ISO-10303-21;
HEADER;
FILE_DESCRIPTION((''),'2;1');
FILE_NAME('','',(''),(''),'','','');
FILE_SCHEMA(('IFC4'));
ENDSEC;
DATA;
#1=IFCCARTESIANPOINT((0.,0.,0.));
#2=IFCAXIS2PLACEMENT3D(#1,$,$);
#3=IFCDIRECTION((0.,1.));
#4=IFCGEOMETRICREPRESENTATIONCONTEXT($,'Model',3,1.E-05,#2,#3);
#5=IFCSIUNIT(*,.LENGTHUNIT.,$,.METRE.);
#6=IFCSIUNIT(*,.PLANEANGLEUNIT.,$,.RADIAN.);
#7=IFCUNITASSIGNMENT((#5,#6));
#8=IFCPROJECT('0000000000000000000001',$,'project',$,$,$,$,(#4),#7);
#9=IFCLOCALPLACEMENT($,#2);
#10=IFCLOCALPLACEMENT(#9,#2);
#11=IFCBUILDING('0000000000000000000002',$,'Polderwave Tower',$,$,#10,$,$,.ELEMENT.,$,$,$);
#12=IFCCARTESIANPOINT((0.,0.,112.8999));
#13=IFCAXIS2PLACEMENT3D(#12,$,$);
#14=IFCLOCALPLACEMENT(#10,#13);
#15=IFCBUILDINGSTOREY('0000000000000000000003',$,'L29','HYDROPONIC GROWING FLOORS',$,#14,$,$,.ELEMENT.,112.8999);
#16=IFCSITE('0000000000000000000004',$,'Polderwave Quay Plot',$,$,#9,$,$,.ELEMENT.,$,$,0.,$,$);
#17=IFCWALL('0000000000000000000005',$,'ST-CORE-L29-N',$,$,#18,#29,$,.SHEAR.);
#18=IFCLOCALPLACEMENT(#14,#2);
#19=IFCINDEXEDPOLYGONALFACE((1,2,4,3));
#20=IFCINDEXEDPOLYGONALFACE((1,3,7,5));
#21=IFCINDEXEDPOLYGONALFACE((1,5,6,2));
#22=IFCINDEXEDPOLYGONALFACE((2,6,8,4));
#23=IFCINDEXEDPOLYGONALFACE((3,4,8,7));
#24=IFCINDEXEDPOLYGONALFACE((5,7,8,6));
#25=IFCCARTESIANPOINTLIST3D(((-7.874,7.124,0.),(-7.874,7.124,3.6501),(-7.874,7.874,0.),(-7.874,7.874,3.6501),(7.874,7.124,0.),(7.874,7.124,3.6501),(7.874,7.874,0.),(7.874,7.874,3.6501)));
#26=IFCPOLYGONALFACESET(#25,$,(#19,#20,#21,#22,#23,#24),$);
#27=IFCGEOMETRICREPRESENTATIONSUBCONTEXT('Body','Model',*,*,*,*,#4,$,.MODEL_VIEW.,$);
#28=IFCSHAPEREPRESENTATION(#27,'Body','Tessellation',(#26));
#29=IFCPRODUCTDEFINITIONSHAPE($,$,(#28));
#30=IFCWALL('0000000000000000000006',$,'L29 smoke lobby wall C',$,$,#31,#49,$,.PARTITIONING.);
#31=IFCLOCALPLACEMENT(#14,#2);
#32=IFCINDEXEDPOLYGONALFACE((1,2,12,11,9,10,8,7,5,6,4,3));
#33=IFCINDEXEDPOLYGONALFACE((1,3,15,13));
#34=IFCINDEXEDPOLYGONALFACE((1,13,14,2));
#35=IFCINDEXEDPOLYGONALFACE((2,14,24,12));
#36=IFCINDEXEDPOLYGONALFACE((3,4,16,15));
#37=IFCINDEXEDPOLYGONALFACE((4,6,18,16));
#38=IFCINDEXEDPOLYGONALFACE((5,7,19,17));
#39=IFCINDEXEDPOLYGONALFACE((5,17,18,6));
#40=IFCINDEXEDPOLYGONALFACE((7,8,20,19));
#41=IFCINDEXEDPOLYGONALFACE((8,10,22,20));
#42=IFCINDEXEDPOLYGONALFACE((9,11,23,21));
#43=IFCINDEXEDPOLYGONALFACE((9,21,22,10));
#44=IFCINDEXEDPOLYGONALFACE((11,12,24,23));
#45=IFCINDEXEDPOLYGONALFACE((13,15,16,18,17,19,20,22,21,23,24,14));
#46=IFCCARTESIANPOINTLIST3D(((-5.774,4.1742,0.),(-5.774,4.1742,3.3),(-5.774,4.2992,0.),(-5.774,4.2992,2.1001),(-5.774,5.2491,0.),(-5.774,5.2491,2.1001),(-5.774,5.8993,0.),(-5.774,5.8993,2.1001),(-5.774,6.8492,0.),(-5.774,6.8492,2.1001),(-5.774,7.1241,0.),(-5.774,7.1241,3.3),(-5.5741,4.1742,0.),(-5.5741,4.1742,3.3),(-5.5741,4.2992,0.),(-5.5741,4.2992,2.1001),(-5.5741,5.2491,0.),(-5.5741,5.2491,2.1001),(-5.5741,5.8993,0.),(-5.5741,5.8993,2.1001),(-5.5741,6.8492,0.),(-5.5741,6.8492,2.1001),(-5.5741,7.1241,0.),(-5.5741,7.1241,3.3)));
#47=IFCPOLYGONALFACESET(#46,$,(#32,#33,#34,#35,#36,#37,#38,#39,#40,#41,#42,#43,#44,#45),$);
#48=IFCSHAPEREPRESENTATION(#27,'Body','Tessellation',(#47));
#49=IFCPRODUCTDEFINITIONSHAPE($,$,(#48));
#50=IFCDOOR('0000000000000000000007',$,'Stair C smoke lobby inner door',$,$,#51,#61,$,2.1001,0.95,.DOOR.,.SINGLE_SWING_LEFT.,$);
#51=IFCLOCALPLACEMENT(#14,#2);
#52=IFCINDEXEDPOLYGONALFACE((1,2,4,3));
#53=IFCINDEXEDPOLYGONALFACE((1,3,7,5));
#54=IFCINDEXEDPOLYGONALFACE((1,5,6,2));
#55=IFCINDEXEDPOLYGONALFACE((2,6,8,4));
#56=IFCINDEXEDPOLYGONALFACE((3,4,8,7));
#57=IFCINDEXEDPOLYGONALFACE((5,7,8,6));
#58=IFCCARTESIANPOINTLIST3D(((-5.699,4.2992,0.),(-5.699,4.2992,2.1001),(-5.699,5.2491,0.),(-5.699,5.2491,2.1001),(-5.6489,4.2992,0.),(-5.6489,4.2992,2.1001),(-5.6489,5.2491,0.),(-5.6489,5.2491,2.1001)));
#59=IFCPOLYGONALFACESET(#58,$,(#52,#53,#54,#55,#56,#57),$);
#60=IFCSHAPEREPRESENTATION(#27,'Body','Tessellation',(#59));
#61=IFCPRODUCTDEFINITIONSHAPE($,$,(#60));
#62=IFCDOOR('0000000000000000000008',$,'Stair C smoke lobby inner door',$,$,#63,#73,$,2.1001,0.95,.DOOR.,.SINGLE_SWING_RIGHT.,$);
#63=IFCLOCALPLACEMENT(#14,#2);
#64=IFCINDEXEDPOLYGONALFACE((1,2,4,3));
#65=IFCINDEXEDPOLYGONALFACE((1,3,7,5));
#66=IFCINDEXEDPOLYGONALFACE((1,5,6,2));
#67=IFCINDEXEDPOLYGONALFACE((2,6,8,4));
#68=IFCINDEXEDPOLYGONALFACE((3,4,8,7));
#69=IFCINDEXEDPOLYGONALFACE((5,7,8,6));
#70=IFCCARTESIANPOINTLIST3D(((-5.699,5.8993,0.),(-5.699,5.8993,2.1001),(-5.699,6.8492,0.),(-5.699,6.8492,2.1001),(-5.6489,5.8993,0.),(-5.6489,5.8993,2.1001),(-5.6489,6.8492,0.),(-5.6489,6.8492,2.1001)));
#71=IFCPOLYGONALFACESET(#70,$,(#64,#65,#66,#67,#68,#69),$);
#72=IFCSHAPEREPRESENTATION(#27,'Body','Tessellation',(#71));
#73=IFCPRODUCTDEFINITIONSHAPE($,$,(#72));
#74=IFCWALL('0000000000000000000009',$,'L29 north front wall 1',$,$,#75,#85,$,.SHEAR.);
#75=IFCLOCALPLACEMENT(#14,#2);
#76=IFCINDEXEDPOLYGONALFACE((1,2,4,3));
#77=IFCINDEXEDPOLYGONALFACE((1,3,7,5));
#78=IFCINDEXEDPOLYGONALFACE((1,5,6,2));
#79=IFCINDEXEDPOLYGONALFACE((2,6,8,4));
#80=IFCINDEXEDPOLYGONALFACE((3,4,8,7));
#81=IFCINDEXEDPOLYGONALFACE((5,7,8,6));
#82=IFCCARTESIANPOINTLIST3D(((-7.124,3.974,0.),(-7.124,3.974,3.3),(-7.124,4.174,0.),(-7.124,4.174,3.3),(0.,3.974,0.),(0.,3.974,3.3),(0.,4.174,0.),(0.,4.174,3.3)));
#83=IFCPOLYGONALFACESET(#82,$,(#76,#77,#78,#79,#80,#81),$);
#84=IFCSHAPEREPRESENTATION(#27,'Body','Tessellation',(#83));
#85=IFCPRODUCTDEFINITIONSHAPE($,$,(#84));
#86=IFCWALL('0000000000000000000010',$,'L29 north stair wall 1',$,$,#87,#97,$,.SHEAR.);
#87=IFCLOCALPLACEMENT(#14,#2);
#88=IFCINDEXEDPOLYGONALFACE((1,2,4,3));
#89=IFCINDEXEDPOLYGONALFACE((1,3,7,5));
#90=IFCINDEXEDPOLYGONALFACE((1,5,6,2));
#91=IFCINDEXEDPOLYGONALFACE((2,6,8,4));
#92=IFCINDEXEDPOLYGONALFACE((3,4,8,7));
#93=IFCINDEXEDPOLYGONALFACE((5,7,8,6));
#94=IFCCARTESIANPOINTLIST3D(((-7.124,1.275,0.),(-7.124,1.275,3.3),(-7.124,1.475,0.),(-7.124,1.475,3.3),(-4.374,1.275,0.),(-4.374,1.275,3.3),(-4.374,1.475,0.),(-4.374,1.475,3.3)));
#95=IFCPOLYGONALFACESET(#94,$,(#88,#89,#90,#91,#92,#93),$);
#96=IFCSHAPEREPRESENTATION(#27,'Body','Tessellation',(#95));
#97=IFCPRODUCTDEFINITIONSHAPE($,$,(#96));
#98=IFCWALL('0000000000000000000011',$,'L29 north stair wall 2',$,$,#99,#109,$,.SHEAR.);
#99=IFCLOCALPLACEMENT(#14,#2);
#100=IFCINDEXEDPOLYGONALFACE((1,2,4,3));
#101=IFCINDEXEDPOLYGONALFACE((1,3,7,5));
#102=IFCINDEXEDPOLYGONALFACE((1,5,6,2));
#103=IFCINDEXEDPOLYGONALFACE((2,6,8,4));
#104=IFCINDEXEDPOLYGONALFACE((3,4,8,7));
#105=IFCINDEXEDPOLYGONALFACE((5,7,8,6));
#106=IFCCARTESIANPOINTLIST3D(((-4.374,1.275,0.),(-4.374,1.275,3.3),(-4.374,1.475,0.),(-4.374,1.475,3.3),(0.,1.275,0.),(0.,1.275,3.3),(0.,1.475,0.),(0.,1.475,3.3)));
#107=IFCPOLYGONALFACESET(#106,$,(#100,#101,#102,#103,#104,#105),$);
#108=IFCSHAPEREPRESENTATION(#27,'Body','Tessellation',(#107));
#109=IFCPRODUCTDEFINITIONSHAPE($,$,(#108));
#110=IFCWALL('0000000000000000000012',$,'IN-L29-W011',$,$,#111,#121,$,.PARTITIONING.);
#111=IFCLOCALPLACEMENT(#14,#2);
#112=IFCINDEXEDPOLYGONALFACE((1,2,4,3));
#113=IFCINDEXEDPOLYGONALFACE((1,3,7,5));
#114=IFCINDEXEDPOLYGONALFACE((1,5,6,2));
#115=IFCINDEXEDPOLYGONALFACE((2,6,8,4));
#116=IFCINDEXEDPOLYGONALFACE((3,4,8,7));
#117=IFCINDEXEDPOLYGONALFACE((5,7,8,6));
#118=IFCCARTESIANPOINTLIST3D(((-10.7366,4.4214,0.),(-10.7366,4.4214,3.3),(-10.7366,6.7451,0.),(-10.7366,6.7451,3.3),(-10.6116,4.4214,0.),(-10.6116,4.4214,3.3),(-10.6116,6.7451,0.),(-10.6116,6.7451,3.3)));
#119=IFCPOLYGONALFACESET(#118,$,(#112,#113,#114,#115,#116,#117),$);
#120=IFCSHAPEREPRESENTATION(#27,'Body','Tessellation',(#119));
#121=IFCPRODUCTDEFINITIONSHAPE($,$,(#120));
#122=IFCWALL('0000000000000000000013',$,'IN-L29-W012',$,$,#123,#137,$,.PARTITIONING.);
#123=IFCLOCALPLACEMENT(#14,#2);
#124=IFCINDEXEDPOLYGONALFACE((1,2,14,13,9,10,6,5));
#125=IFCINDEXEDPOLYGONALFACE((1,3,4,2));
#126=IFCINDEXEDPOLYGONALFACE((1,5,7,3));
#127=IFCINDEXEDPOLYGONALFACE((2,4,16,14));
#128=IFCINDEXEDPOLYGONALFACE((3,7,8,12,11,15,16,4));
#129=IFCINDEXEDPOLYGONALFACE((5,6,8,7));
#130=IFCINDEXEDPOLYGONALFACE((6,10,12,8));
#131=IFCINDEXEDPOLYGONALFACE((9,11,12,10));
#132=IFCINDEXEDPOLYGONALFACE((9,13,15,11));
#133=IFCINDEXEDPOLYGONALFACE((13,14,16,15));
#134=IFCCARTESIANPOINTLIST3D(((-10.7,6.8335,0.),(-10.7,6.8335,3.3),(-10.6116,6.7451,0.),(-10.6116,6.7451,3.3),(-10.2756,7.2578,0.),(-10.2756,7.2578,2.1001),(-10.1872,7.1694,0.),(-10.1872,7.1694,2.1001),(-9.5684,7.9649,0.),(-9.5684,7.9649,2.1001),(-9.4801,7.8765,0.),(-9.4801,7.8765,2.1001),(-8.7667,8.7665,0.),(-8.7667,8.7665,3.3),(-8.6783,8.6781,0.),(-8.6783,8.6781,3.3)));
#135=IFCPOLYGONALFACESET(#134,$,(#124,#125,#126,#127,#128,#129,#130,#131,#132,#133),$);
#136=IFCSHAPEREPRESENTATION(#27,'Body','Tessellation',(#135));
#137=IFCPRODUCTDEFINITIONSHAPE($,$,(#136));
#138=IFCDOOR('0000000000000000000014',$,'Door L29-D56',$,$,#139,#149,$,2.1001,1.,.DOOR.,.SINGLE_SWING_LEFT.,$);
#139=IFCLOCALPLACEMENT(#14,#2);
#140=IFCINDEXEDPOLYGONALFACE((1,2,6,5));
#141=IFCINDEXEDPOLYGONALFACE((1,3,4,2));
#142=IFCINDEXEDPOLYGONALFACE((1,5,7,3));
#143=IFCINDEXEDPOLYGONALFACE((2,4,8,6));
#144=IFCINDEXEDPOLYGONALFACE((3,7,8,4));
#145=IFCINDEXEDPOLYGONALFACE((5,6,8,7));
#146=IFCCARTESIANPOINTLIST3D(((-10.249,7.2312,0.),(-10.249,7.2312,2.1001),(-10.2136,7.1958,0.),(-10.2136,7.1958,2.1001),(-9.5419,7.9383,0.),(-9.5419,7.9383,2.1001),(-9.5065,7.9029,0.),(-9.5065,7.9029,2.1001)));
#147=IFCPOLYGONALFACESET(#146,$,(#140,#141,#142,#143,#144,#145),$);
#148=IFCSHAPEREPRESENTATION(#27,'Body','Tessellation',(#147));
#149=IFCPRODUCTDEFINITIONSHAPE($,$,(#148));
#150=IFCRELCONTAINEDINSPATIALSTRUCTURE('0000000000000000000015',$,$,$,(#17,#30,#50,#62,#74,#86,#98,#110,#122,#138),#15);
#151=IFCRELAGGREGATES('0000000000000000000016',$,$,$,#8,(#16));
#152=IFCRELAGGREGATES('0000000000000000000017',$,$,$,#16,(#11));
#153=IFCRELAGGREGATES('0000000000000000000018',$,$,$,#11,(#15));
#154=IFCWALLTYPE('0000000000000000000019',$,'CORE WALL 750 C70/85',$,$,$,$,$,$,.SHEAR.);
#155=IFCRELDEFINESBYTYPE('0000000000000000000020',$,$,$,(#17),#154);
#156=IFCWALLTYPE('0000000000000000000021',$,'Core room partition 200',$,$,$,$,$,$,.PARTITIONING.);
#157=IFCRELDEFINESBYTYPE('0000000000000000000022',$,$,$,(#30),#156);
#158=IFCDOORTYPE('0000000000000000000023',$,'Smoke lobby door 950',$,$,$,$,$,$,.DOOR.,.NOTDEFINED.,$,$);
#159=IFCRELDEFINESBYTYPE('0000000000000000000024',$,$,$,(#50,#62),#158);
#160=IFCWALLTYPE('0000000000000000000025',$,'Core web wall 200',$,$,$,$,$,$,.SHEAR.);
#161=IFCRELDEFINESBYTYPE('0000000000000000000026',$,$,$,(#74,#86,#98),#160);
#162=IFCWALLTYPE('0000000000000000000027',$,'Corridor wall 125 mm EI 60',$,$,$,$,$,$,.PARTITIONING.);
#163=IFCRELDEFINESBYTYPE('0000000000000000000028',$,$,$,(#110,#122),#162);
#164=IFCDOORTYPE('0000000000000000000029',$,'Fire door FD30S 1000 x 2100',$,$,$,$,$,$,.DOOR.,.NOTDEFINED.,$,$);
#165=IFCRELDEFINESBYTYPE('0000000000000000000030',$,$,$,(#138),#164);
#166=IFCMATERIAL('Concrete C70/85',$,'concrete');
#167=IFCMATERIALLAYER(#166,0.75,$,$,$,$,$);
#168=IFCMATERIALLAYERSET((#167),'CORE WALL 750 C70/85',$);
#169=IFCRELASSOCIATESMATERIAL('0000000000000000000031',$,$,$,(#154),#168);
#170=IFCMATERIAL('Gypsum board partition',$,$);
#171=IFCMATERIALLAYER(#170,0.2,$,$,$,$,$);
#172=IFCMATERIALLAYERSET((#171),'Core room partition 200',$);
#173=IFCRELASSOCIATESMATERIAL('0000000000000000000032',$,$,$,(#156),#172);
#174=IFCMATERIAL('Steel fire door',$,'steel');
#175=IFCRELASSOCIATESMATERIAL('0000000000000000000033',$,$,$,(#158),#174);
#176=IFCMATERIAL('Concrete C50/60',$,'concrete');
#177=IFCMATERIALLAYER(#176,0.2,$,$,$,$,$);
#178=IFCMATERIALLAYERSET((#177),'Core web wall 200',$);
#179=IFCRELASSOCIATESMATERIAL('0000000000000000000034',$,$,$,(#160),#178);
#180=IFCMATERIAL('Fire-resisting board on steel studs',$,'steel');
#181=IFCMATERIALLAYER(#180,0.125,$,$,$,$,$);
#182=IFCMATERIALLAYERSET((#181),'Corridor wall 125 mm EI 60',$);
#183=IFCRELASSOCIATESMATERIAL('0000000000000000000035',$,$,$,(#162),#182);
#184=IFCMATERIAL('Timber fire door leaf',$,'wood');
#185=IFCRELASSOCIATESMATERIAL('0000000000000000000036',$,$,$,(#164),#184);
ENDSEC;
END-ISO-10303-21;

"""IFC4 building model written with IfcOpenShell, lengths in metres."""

from ifc_helpers import new_model, si_unit, direction, frame, frame_2d, origin, place, context, subcontext, project, spatial, rectangle, extrude, material, layer, layer_set, type_object, element, fill, save


model = new_model("IFC4")

# Units and contexts
model_context = context("Model", 3, precision=1e-05, world=origin(), true_north=direction((0.0, 1.0)))
body_context = subcontext(model_context, "Body", "Model", "MODEL_VIEW")
ifc_project = project(units=[si_unit("LENGTHUNIT", "METRE"), si_unit("PLANEANGLEUNIT", "RADIAN")], contexts=[model_context])

# Site, building, storey
site_placement = place(None, origin())
site = spatial("IfcSite", under=ifc_project, at=site_placement, Name="Polderwave Quay Plot", CompositionType="ELEMENT", RefElevation=0.0)
building_placement = place(site_placement, origin())
building = spatial("IfcBuilding", under=site, at=building_placement, Name="Polderwave Tower", CompositionType="ELEMENT")
storey_placement = place(building_placement, frame((0.0, 0.0, 112.8999)))
storey = spatial("IfcBuildingStorey", under=building, at=storey_placement, Name="L29", Description="HYDROPONIC GROWING FLOORS", CompositionType="ELEMENT", Elevation=112.8999)

# Wall
ifc_material_1 = material(Name="Concrete C70/85", Category="concrete")
ifc_layer_1 = layer(ifc_material_1, 0.75)
ifc_layer_set_1 = layer_set([ifc_layer_1], Name="CORE WALL 750 C70/85")
wall_type_1 = type_object("IfcWallType", Name="CORE WALL 750 C70/85", PredefinedType="SHEAR", material=ifc_layer_set_1)
wall_1_placement = place(storey_placement, frame((-7.874, 7.499, 0.0), z_axis=(0.0, 0.0, 1.0), x_axis=(1.0, 0.0, 0.0)))
element("IfcWall", 1, at=wall_1_placement, inside=storey, type_object=wall_type_1, Name="ST-CORE-L29-N", PredefinedType="SHEAR", context=body_context, shape_type="SweptSolid", body=[
    extrude(rectangle(XDim=15.748, YDim=0.75, at=frame_2d((7.874, 0.0))), origin(), (0.0, 0.0, 1.0), 3.6501),
])

# Wall, openings, doors
ifc_material_2 = material(Name="Gypsum board partition")
ifc_layer_2 = layer(ifc_material_2, 0.2)
ifc_layer_set_2 = layer_set([ifc_layer_2], Name="Core room partition 200")
wall_type_2 = type_object("IfcWallType", Name="Core room partition 200", PredefinedType="PARTITIONING", material=ifc_layer_set_2)
wall_2_placement = place(storey_placement, frame((-5.6741, 4.1741, 0.0), z_axis=(0.0, 0.0, 1.0), x_axis=(0.0, 1.0, 0.0)))
wall_2 = element("IfcWall", 2, at=wall_2_placement, inside=storey, type_object=wall_type_2, Name="L29 smoke lobby wall C", PredefinedType="PARTITIONING", context=body_context, shape_type="SweptSolid", body=[
    extrude(rectangle(XDim=2.95, YDim=0.2, at=frame_2d((1.4751, 0.0))), origin(), (0.0, 0.0, 1.0), 3.3),
])
opening_1_placement = place(wall_2_placement, frame((0.125, 0.0, 0.0)))
opening_1 = element("IfcOpeningElement", 3, at=opening_1_placement, cuts=wall_2, PredefinedType="OPENING", context=body_context, shape_type="SweptSolid", body=[
    extrude(rectangle(XDim=0.95, YDim=2.1001, at=frame_2d((0.4751, 1.05))), frame((0.0, 0.1099, 0.0), z_axis=(0.0, -1.0, 0.0), x_axis=(1.0, 0.0, 0.0)), (0.0, 0.0, 1.0), 0.22),
])
opening_2_placement = place(wall_2_placement, frame((1.7251, 0.0, 0.0)))
opening_2 = element("IfcOpeningElement", 4, at=opening_2_placement, cuts=wall_2, PredefinedType="OPENING", context=body_context, shape_type="SweptSolid", body=[
    extrude(rectangle(XDim=0.95, YDim=2.1001, at=frame_2d((0.4751, 1.05))), frame((0.0, 0.1099, 0.0), z_axis=(0.0, -1.0, 0.0), x_axis=(1.0, 0.0, 0.0)), (0.0, 0.0, 1.0), 0.22),
])
ifc_material_3 = material(Name="Steel fire door", Category="steel")
door_type_1 = type_object("IfcDoorType", Name="Smoke lobby door 950", OperationType="NOTDEFINED", PredefinedType="DOOR", material=ifc_material_3)
door_1_placement = place(opening_1_placement, origin())
door_1 = element("IfcDoor", 5, at=door_1_placement, inside=storey, type_object=door_type_1, Name="Stair C smoke lobby inner door", OperationType="SINGLE_SWING_LEFT", OverallHeight=2.1001, OverallWidth=0.95, PredefinedType="DOOR", context=body_context, shape_type="SweptSolid", body=[
    extrude(rectangle(XDim=0.95, YDim=2.1001, at=frame_2d((0.4751, 1.05))), frame((0.0, 0.0249, 0.0), z_axis=(0.0, -1.0, 0.0), x_axis=(1.0, 0.0, 0.0)), (0.0, 0.0, 1.0), 0.05),
])
fill(opening_1, door_1)
door_2_placement = place(opening_2_placement, origin())
door_2 = element("IfcDoor", 6, at=door_2_placement, inside=storey, type_object=door_type_1, Name="Stair C smoke lobby inner door", OperationType="SINGLE_SWING_RIGHT", OverallHeight=2.1001, OverallWidth=0.95, PredefinedType="DOOR", context=body_context, shape_type="SweptSolid", body=[
    extrude(rectangle(XDim=0.95, YDim=2.1001, at=frame_2d((0.4751, 1.05))), frame((0.0, 0.0249, 0.0), z_axis=(0.0, -1.0, 0.0), x_axis=(1.0, 0.0, 0.0)), (0.0, 0.0, 1.0), 0.05),
])
fill(opening_2, door_2)

# Walls
ifc_material_4 = material(Name="Concrete C50/60", Category="concrete")
ifc_layer_3 = layer(ifc_material_4, 0.2)
ifc_layer_set_3 = layer_set([ifc_layer_3], Name="Core web wall 200")
wall_type_3 = type_object("IfcWallType", Name="Core web wall 200", PredefinedType="SHEAR", material=ifc_layer_set_3)
wall_3_placement = place(storey_placement, frame((-7.124, 4.074, 0.0), z_axis=(0.0, 0.0, 1.0), x_axis=(1.0, 0.0, 0.0)))
element("IfcWall", 7, at=wall_3_placement, inside=storey, type_object=wall_type_3, Name="L29 north front wall 1", PredefinedType="SHEAR", context=body_context, shape_type="SweptSolid", body=[
    extrude(rectangle(XDim=7.124, YDim=0.2, at=frame_2d((3.562, 0.0))), origin(), (0.0, 0.0, 1.0), 3.3),
])
wall_4_placement = place(storey_placement, frame((-7.124, 1.375, 0.0), z_axis=(0.0, 0.0, 1.0), x_axis=(1.0, 0.0, 0.0)))
element("IfcWall", 8, at=wall_4_placement, inside=storey, type_object=wall_type_3, Name="L29 north stair wall 1", PredefinedType="SHEAR", context=body_context, shape_type="SweptSolid", body=[
    extrude(rectangle(XDim=2.75, YDim=0.2, at=frame_2d((1.375, 0.0))), origin(), (0.0, 0.0, 1.0), 3.3),
])
wall_5_placement = place(storey_placement, frame((-4.374, 1.375, 0.0), z_axis=(0.0, 0.0, 1.0), x_axis=(1.0, 0.0, 0.0)))
element("IfcWall", 9, at=wall_5_placement, inside=storey, type_object=wall_type_3, Name="L29 north stair wall 2", PredefinedType="SHEAR", context=body_context, shape_type="SweptSolid", body=[
    extrude(rectangle(XDim=4.374, YDim=0.2, at=frame_2d((2.187, 0.0))), origin(), (0.0, 0.0, 1.0), 3.3),
])
ifc_material_5 = material(Name="Fire-resisting board on steel studs", Category="steel")
ifc_layer_4 = layer(ifc_material_5, 0.125)
ifc_layer_set_4 = layer_set([ifc_layer_4], Name="Corridor wall 125 mm EI 60")
wall_type_4 = type_object("IfcWallType", Name="Corridor wall 125 mm EI 60", PredefinedType="PARTITIONING", material=ifc_layer_set_4)
wall_6_placement = place(storey_placement, frame((-10.6741, 4.4214, 0.0), z_axis=(0.0, 0.0, 1.0), x_axis=(0.0, 1.0, 0.0)))
element("IfcWall", 10, at=wall_6_placement, inside=storey, type_object=wall_type_4, Name="IN-L29-W011", PredefinedType="PARTITIONING", context=body_context, shape_type="SweptSolid", body=[
    extrude(rectangle(XDim=2.3237, YDim=0.125, at=frame_2d((1.1619, 0.0))), origin(), (0.0, 0.0, 1.0), 3.3),
])

# Wall, opening, door
wall_7_placement = place(storey_placement, frame((-10.6558, 6.7893, 0.0), z_axis=(0.0, 0.0, 1.0), x_axis=(0.707151, 0.707062, 0.0)))
wall_7 = element("IfcWall", 11, at=wall_7_placement, inside=storey, type_object=wall_type_4, Name="IN-L29-W012", PredefinedType="PARTITIONING", context=body_context, shape_type="SweptSolid", body=[
    extrude(rectangle(XDim=2.7339, YDim=0.125, at=frame_2d((1.3669, 0.0))), origin(), (0.0, 0.0, 1.0), 3.3),
])
opening_3_placement = place(wall_7_placement, frame((0.6001, 0.0, 0.0)))
opening_3 = element("IfcOpeningElement", 12, at=opening_3_placement, cuts=wall_7, PredefinedType="OPENING", context=body_context, shape_type="SweptSolid", body=[
    extrude(rectangle(XDim=1.0, YDim=2.1001, at=frame_2d((0.5, 1.05))), frame((0.0, 0.0725, 0.0), z_axis=(0.0, -1.0, 0.0), x_axis=(1.0, 0.0, 0.0)), (0.0, 0.0, 1.0), 0.145),
])
ifc_material_6 = material(Name="Timber fire door leaf", Category="wood")
door_type_2 = type_object("IfcDoorType", Name="Fire door FD30S 1000 x 2100", OperationType="NOTDEFINED", PredefinedType="DOOR", material=ifc_material_6)
door_3_placement = place(opening_3_placement, origin())
door_3 = element("IfcDoor", 13, at=door_3_placement, inside=storey, type_object=door_type_2, Name="Door L29-D56", OperationType="SINGLE_SWING_LEFT", OverallHeight=2.1001, OverallWidth=1.0, PredefinedType="DOOR", context=body_context, shape_type="SweptSolid", body=[
    extrude(rectangle(XDim=1.0, YDim=2.1001, at=frame_2d((0.5, 1.05))), frame((0.0, 0.0249, 0.0), z_axis=(0.0, -1.0, 0.0), x_axis=(1.0, 0.0, 0.0)), (0.0, 0.0, 1.0), 0.05),
])
fill(opening_3, door_3)

save(model, "model.ifc")
